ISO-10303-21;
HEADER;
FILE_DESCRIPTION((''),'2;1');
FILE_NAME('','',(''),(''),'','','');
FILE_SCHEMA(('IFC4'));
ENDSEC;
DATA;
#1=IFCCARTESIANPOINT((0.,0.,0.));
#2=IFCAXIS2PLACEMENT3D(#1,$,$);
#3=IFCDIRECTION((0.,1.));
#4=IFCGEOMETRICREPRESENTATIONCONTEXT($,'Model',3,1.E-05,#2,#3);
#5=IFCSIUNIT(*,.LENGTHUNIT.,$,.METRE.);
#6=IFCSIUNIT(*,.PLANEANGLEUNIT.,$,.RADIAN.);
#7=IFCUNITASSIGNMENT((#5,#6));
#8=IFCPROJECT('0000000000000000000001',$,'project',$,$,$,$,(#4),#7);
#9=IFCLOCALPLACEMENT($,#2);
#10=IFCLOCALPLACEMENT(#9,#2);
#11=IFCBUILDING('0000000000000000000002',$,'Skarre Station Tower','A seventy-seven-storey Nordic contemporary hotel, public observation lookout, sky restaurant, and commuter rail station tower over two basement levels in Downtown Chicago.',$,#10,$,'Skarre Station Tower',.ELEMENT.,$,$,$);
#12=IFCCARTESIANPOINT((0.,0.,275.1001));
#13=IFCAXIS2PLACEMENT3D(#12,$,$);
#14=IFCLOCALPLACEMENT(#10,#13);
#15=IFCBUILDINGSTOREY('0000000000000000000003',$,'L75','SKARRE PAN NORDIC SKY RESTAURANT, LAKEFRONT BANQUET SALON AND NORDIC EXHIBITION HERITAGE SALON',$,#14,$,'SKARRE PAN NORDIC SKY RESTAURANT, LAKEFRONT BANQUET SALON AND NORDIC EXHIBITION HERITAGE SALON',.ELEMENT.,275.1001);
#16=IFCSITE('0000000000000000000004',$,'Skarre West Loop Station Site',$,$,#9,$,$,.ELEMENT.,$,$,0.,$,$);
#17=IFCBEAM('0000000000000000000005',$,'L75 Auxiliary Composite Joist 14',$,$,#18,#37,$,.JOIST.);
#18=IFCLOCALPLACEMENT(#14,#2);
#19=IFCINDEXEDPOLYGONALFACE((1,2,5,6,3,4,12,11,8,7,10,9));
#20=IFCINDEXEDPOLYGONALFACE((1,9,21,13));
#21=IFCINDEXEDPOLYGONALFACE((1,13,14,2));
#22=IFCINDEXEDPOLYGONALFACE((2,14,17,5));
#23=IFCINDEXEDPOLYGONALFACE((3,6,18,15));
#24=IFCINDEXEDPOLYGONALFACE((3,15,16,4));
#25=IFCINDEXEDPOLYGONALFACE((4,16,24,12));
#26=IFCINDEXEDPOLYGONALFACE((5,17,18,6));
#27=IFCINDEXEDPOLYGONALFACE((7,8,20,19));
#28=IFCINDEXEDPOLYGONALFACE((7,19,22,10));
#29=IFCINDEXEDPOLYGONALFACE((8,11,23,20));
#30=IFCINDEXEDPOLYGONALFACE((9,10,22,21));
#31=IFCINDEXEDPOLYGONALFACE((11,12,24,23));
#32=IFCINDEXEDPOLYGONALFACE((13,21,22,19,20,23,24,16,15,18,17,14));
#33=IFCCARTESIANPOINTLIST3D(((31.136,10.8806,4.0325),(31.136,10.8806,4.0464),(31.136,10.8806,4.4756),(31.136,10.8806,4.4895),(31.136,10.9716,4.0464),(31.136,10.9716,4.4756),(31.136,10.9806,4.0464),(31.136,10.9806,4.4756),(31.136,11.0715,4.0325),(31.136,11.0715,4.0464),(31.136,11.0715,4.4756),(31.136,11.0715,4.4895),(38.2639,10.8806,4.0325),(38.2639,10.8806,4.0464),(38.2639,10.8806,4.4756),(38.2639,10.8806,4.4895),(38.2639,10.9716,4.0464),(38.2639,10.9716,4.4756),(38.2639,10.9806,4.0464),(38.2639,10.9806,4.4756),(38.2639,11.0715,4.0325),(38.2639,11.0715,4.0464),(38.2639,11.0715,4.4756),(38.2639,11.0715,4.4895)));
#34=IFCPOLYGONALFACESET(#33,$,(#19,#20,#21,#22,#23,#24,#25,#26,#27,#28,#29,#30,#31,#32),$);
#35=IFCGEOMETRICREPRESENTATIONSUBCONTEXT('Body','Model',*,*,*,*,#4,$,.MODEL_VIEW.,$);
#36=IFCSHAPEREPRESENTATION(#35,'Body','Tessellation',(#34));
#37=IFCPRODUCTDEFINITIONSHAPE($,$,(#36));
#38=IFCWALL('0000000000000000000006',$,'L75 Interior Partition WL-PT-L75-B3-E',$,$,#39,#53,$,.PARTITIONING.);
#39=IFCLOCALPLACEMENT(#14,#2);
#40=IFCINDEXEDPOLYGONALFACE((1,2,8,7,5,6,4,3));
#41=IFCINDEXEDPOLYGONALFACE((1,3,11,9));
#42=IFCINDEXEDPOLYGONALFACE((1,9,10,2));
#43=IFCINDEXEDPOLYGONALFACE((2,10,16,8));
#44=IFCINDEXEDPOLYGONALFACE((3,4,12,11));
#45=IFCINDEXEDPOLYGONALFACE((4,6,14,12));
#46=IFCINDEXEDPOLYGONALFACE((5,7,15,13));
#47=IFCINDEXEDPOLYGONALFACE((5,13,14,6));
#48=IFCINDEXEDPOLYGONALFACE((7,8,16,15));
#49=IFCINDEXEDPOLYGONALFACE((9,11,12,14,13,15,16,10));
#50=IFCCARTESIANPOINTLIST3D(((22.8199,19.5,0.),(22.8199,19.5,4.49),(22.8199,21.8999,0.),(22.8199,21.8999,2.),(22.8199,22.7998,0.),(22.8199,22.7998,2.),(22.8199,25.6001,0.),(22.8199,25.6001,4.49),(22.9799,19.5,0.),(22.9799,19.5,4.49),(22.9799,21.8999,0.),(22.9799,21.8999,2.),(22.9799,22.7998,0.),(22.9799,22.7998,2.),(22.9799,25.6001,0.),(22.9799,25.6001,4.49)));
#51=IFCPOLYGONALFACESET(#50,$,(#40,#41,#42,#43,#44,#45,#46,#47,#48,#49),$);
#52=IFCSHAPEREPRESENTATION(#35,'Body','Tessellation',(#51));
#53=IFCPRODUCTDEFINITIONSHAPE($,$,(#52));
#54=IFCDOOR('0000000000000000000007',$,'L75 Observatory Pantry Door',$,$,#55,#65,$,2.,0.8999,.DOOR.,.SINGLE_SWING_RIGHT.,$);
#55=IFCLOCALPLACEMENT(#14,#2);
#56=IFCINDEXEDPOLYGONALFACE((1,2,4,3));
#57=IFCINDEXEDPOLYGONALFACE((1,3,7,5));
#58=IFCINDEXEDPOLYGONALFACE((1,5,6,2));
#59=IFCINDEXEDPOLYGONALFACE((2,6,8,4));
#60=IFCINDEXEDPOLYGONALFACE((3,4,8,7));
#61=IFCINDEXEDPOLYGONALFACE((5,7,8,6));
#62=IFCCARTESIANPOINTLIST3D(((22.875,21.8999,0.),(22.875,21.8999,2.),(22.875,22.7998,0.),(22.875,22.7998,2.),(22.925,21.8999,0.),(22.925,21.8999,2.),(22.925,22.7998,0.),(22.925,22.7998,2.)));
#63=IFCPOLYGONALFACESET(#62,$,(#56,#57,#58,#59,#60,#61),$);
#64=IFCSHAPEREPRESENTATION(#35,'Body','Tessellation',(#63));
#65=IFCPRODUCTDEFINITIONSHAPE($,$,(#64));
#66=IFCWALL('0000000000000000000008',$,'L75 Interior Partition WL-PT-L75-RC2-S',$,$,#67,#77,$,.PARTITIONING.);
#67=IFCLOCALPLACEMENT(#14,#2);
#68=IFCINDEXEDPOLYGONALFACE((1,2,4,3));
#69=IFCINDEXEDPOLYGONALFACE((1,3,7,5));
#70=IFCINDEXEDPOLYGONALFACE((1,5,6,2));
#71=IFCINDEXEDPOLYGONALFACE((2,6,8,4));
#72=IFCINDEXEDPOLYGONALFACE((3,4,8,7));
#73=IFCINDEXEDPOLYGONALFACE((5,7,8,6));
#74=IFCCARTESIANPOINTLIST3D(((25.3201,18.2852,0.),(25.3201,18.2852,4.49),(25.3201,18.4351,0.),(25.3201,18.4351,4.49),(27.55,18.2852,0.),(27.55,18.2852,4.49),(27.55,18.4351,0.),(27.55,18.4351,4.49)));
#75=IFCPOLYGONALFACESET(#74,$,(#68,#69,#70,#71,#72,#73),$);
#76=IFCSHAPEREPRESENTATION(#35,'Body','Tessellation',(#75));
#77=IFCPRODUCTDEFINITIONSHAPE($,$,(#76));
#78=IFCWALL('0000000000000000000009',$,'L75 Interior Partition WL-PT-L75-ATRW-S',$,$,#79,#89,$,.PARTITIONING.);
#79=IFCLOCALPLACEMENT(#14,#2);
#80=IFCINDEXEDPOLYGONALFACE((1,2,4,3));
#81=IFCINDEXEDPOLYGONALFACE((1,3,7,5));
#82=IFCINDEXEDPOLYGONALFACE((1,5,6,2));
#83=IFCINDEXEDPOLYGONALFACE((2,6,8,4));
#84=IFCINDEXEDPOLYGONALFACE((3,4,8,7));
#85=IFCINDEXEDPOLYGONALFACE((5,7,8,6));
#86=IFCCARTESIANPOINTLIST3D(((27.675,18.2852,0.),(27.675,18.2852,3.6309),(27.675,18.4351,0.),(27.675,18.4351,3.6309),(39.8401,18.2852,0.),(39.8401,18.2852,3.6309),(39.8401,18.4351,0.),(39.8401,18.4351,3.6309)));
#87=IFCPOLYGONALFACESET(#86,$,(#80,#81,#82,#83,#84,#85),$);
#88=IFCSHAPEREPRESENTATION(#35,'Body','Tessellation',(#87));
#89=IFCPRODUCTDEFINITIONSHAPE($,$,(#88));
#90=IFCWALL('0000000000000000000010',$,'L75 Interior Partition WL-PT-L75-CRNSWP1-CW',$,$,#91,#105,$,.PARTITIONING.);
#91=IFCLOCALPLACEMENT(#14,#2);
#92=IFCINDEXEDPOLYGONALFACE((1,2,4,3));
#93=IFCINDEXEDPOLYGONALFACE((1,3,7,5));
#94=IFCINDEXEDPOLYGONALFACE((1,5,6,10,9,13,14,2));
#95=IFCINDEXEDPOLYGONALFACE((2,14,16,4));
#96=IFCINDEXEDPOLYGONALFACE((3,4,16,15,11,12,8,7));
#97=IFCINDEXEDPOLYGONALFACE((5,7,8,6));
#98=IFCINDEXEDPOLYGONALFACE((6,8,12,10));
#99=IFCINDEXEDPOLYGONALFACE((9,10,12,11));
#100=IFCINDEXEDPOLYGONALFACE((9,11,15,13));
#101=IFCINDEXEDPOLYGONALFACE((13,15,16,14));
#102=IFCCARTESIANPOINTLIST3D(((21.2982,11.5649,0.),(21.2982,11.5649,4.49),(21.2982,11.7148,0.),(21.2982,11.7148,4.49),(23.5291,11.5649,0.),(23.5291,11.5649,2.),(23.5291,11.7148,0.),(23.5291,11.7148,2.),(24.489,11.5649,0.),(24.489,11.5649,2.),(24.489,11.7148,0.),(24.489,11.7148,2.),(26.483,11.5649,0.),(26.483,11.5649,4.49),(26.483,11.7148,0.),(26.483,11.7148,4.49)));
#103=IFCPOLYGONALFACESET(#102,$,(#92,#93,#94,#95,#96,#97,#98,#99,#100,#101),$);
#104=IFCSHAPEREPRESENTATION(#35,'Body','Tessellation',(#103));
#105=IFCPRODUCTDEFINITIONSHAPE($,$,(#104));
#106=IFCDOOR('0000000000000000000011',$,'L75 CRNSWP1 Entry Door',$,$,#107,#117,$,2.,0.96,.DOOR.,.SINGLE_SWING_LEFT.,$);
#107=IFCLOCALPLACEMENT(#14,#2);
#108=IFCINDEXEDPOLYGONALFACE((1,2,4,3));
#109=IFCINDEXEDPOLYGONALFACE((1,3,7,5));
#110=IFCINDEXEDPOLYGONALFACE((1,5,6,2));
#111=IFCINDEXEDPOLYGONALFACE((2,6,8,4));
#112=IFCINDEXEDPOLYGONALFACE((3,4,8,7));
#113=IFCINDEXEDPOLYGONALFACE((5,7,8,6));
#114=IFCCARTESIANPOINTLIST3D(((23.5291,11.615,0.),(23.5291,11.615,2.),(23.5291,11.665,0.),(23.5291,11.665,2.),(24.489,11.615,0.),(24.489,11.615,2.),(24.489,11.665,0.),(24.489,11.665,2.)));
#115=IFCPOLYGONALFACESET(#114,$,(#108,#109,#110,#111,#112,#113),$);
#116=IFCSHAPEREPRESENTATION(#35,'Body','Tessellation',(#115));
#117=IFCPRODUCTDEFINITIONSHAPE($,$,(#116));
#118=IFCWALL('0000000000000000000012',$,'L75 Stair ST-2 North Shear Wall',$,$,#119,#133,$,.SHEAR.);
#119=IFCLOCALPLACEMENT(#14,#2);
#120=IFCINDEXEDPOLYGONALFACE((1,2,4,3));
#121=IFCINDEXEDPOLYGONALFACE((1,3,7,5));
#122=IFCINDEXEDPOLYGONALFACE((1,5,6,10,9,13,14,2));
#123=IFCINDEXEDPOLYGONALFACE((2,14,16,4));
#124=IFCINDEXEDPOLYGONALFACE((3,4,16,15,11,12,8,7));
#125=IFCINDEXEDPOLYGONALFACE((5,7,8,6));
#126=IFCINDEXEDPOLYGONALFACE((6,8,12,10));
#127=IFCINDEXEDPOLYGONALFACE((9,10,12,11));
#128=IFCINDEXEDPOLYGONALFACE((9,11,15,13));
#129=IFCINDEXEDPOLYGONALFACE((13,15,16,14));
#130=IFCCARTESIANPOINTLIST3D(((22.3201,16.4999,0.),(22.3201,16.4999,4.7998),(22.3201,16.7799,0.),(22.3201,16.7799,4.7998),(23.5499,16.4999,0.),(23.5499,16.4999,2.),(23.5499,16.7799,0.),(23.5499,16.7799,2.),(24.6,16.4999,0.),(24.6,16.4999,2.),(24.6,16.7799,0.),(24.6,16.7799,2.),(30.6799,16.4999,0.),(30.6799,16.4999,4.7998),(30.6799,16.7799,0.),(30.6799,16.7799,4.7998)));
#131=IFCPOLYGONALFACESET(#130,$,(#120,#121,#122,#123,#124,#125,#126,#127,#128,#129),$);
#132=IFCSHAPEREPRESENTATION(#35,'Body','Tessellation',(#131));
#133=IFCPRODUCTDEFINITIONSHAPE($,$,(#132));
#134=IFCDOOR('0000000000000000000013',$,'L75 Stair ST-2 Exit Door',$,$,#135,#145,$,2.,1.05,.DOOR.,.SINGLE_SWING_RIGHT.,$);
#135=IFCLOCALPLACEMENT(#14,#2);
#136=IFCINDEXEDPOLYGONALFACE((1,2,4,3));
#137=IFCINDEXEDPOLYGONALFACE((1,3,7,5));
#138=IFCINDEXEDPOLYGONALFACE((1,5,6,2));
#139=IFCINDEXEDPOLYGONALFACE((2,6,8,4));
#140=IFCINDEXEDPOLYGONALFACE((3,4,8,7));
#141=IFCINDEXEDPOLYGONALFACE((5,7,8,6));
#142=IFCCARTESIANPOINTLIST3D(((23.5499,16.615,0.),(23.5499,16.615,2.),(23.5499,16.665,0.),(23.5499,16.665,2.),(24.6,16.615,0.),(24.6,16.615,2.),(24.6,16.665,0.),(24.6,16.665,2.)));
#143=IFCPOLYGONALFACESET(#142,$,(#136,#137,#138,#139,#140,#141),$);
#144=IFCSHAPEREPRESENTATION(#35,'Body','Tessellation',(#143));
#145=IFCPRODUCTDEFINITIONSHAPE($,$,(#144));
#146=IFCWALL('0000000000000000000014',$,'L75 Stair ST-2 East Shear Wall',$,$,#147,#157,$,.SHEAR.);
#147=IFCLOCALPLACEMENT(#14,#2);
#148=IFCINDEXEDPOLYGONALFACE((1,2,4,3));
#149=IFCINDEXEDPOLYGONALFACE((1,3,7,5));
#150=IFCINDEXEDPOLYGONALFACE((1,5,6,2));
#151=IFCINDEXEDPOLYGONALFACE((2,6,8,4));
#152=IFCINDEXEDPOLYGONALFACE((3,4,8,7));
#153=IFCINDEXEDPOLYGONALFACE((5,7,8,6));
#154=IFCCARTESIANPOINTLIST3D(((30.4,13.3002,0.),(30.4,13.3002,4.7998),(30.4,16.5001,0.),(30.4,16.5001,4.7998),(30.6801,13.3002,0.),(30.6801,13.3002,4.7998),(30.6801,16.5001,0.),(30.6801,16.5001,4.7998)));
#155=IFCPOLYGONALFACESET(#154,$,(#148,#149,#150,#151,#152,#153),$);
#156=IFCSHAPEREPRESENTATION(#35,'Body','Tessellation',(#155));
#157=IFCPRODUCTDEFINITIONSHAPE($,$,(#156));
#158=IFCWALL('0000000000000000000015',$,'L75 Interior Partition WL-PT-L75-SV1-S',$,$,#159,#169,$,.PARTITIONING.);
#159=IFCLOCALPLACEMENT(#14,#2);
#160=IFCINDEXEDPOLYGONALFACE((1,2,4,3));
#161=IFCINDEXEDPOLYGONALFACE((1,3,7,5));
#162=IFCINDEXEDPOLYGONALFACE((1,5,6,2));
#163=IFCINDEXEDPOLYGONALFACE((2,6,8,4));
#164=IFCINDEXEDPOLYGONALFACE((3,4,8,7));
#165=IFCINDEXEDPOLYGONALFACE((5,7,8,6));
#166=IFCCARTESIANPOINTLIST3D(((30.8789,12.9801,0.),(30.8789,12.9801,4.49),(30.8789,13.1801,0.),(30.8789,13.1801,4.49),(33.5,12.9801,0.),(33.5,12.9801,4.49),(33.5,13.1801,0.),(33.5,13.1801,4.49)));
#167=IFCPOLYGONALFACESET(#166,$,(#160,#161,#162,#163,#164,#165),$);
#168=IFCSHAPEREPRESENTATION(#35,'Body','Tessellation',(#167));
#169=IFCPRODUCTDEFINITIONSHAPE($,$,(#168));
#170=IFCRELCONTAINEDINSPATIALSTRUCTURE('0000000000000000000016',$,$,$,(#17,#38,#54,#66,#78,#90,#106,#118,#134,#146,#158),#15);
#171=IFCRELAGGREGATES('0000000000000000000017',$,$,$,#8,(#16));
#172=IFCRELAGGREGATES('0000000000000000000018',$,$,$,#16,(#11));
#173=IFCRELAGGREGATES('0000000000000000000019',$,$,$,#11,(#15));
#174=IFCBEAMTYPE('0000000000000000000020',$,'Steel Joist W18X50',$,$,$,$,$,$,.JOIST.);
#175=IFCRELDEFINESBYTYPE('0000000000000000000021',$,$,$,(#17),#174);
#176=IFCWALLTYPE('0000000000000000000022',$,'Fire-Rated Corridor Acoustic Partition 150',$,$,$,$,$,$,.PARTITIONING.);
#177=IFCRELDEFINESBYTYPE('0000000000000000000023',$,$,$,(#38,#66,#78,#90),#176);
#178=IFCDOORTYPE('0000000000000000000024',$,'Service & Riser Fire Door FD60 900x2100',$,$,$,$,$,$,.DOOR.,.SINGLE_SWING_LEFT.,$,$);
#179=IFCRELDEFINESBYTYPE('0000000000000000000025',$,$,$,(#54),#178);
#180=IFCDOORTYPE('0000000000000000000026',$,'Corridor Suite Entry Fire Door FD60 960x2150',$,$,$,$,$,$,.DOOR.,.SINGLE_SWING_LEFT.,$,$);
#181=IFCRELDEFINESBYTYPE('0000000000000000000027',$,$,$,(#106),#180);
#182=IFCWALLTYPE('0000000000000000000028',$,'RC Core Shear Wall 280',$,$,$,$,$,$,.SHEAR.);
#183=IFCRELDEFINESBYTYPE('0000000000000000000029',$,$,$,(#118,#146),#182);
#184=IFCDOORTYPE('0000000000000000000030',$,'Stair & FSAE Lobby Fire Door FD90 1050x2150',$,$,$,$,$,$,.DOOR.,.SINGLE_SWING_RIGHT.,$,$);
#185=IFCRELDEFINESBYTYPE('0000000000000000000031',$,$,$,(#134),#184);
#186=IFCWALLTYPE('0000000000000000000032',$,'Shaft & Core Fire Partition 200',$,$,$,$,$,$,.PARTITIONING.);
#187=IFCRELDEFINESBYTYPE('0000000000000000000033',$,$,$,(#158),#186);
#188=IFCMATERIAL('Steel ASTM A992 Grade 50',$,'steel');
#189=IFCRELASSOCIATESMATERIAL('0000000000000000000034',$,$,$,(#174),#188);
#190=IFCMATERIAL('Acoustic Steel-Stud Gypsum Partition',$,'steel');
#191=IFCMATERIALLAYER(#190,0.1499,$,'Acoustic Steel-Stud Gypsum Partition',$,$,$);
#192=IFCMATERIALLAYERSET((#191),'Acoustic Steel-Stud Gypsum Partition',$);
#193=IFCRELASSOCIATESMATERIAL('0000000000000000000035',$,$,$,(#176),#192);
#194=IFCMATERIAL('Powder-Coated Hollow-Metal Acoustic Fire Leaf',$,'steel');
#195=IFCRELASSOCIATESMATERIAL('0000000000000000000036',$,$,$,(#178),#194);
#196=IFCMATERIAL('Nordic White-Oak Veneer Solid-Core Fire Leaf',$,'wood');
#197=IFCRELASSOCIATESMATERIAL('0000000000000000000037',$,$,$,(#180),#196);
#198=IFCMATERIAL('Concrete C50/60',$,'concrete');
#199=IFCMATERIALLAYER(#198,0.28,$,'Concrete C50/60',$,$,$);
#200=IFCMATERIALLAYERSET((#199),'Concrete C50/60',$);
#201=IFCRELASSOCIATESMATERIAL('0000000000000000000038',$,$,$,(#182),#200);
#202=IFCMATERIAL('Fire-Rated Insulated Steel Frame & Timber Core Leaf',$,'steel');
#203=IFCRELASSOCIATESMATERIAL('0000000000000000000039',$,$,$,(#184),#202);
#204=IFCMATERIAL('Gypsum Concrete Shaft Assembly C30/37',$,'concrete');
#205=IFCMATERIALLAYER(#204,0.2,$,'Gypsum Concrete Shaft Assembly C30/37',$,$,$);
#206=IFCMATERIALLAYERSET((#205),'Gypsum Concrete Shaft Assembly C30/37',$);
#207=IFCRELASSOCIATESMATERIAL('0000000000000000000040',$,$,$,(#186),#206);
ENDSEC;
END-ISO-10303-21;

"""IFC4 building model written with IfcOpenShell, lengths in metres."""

from ifc_helpers import new_model, si_unit, direction, frame, frame_2d, origin, origin_2d, place, context, subcontext, project, spatial, rectangle, i_section, extrude, material, layer, layer_set, material_profile, profile_set, type_object, element, fill, save


model = new_model("IFC4")

# Units and contexts
model_context = context("Model", 3, precision=1e-05, world=origin(), true_north=direction((0.0, 1.0)))
body_context = subcontext(model_context, "Body", "Model", "MODEL_VIEW")
ifc_project = project(units=[si_unit("LENGTHUNIT", "METRE"), si_unit("PLANEANGLEUNIT", "RADIAN")], contexts=[model_context])

# Site, building, storey
site_placement = place(None, origin())
site = spatial("IfcSite", under=ifc_project, at=site_placement, Name="Skarre West Loop Station Site", CompositionType="ELEMENT", RefElevation=0.0)
building_placement = place(site_placement, origin())
building = spatial("IfcBuilding", under=site, at=building_placement, Name="Skarre Station Tower", Description="A seventy-seven-storey Nordic contemporary hotel, public observation lookout, sky restaurant, and commuter rail station tower over two basement levels in Downtown Chicago.", LongName="Skarre Station Tower", CompositionType="ELEMENT")
storey_placement = place(building_placement, frame((0.0, 0.0, 275.1001)))
storey = spatial("IfcBuildingStorey", under=building, at=storey_placement, Name="L75", Description="SKARRE PAN NORDIC SKY RESTAURANT, LAKEFRONT BANQUET SALON AND NORDIC EXHIBITION HERITAGE SALON", LongName="SKARRE PAN NORDIC SKY RESTAURANT, LAKEFRONT BANQUET SALON AND NORDIC EXHIBITION HERITAGE SALON", CompositionType="ELEMENT", Elevation=275.1001)

# Beam
ifc_material_1 = material(Name="Steel ASTM A992 Grade 50", Category="steel")
ifc_material_profile = material_profile(ifc_material_1, i_section(OverallWidth=0.1909, OverallDepth=0.457, WebThickness=0.009, FlangeThickness=0.0139, at=origin_2d()), Name="Steel ASTM A992 Grade 50")
ifc_profile_set = profile_set([ifc_material_profile], Name="Steel ASTM A992 Grade 50")
beam_type = type_object("IfcBeamType", Name="Steel Joist W18X50", PredefinedType="JOIST", material=ifc_profile_set)
beam_placement = place(storey_placement, frame((31.136, 10.9761, 4.261), z_axis=(1.0, 0.0, 0.0), x_axis=(0.0, 1.0, 0.0)))
element("IfcBeam", 1, at=beam_placement, inside=storey, type_object=beam_type, Name="L75 Auxiliary Composite Joist 14", PredefinedType="JOIST", context=body_context, shape_type="SweptSolid", body=[
    extrude(i_section(OverallWidth=0.1909, OverallDepth=0.457, WebThickness=0.009, FlangeThickness=0.0139, at=origin_2d()), origin(), (0.0, 0.0, 1.0), 7.1279),
])

# Wall, opening, door
ifc_material_2 = material(Name="Acoustic Steel-Stud Gypsum Partition", Category="steel")
ifc_layer_1 = layer(ifc_material_2, 0.1499, Name="Acoustic Steel-Stud Gypsum Partition")
ifc_layer_set_1 = layer_set([ifc_layer_1], Name="Acoustic Steel-Stud Gypsum Partition")
wall_type_1 = type_object("IfcWallType", Name="Fire-Rated Corridor Acoustic Partition 150", PredefinedType="PARTITIONING", material=ifc_layer_set_1)
wall_1_placement = place(storey_placement, frame((22.8999, 19.5, 0.0), z_axis=(0.0, 0.0, 1.0), x_axis=(0.0, 1.0, 0.0)))
wall_1 = element("IfcWall", 2, at=wall_1_placement, inside=storey, type_object=wall_type_1, Name="L75 Interior Partition WL-PT-L75-B3-E", PredefinedType="PARTITIONING", context=body_context, shape_type="SweptSolid", body=[
    extrude(rectangle(XDim=6.1001, YDim=0.1599, at=frame_2d((3.05, 0.0))), origin(), (0.0, 0.0, 1.0), 4.49),
])
opening_1_placement = place(wall_1_placement, frame((2.3999, 0.0, 0.0)))
opening_1 = element("IfcOpeningElement", 3, at=opening_1_placement, cuts=wall_1, PredefinedType="OPENING", context=body_context, shape_type="SweptSolid", body=[
    extrude(rectangle(XDim=0.8999, YDim=2.0, at=frame_2d((0.45, 1.0))), frame((0.0, 0.0898, 0.0), z_axis=(0.0, -1.0, 0.0), x_axis=(1.0, 0.0, 0.0)), (0.0, 0.0, 1.0), 0.1799),
])
ifc_material_3 = material(Name="Powder-Coated Hollow-Metal Acoustic Fire Leaf", Category="steel")
door_type_1 = type_object("IfcDoorType", Name="Service & Riser Fire Door FD60 900x2100", OperationType="SINGLE_SWING_LEFT", PredefinedType="DOOR", material=ifc_material_3)
door_1_placement = place(opening_1_placement, origin())
door_1 = element("IfcDoor", 4, at=door_1_placement, inside=storey, type_object=door_type_1, Name="L75 Observatory Pantry Door", OperationType="SINGLE_SWING_RIGHT", OverallHeight=2.0, OverallWidth=0.8999, PredefinedType="DOOR", context=body_context, shape_type="SweptSolid", body=[
    extrude(rectangle(XDim=0.8999, YDim=2.0, at=frame_2d((0.45, 1.0))), frame((0.0, 0.0249, 0.0), z_axis=(0.0, -1.0, 0.0), x_axis=(1.0, 0.0, 0.0)), (0.0, 0.0, 1.0), 0.05),
])
fill(opening_1, door_1)

# Walls
wall_2_placement = place(storey_placement, frame((25.3201, 18.3601, 0.0), z_axis=(0.0, 0.0, 1.0), x_axis=(1.0, 0.0, 0.0)))
element("IfcWall", 5, at=wall_2_placement, inside=storey, type_object=wall_type_1, Name="L75 Interior Partition WL-PT-L75-RC2-S", PredefinedType="PARTITIONING", context=body_context, shape_type="SweptSolid", body=[
    extrude(rectangle(XDim=2.23, YDim=0.1499, at=frame_2d((1.115, 0.0))), origin(), (0.0, 0.0, 1.0), 4.49),
])
wall_3_placement = place(storey_placement, frame((27.675, 18.3601, 0.0), z_axis=(0.0, 0.0, 1.0), x_axis=(1.0, 0.0, 0.0)))
element("IfcWall", 6, at=wall_3_placement, inside=storey, type_object=wall_type_1, Name="L75 Interior Partition WL-PT-L75-ATRW-S", PredefinedType="PARTITIONING", context=body_context, shape_type="SweptSolid", body=[
    extrude(rectangle(XDim=12.165, YDim=0.1499, at=frame_2d((6.0825, 0.0))), origin(), (0.0, 0.0, 1.0), 3.6309),
])

# Walls, openings, doors
wall_4_placement = place(storey_placement, frame((26.4829, 11.6399, 0.0), z_axis=(0.0, 0.0, 1.0), x_axis=(-1.0, 0.0, 0.0)))
wall_4 = element("IfcWall", 7, at=wall_4_placement, inside=storey, type_object=wall_type_1, Name="L75 Interior Partition WL-PT-L75-CRNSWP1-CW", PredefinedType="PARTITIONING", context=body_context, shape_type="SweptSolid", body=[
    extrude(rectangle(XDim=5.1848, YDim=0.1499, at=frame_2d((2.5923, 0.0))), origin(), (0.0, 0.0, 1.0), 4.49),
])
opening_2_placement = place(wall_4_placement, frame((1.9939, 0.0, 0.0)))
opening_2 = element("IfcOpeningElement", 8, at=opening_2_placement, cuts=wall_4, PredefinedType="OPENING", context=body_context, shape_type="SweptSolid", body=[
    extrude(rectangle(XDim=0.96, YDim=2.0, at=frame_2d((0.48, 1.0))), frame((0.0, 0.085, 0.0), z_axis=(0.0, -1.0, 0.0), x_axis=(1.0, 0.0, 0.0)), (0.0, 0.0, 1.0), 0.1699),
])
ifc_material_4 = material(Name="Nordic White-Oak Veneer Solid-Core Fire Leaf", Category="wood")
door_type_2 = type_object("IfcDoorType", Name="Corridor Suite Entry Fire Door FD60 960x2150", OperationType="SINGLE_SWING_LEFT", PredefinedType="DOOR", material=ifc_material_4)
door_2_placement = place(opening_2_placement, origin())
door_2 = element("IfcDoor", 9, at=door_2_placement, inside=storey, type_object=door_type_2, Name="L75 CRNSWP1 Entry Door", OperationType="SINGLE_SWING_LEFT", OverallHeight=2.0, OverallWidth=0.96, PredefinedType="DOOR", context=body_context, shape_type="SweptSolid", body=[
    extrude(rectangle(XDim=0.96, YDim=2.0, at=frame_2d((0.48, 1.0))), frame((0.0, 0.0249, 0.0), z_axis=(0.0, -1.0, 0.0), x_axis=(1.0, 0.0, 0.0)), (0.0, 0.0, 1.0), 0.05),
])
fill(opening_2, door_2)
ifc_material_5 = material(Name="Concrete C50/60", Category="concrete")
ifc_layer_2 = layer(ifc_material_5, 0.28, Name="Concrete C50/60")
ifc_layer_set_2 = layer_set([ifc_layer_2], Name="Concrete C50/60")
wall_type_2 = type_object("IfcWallType", Name="RC Core Shear Wall 280", PredefinedType="SHEAR", material=ifc_layer_set_2)
wall_5_placement = place(storey_placement, frame((30.6799, 16.6399, 0.0), z_axis=(0.0, 0.0, 1.0), x_axis=(-1.0, 0.0, 0.0)))
wall_5 = element("IfcWall", 10, at=wall_5_placement, inside=storey, type_object=wall_type_2, Name="L75 Stair ST-2 North Shear Wall", PredefinedType="SHEAR", context=body_context, shape_type="SweptSolid", body=[
    extrude(rectangle(XDim=8.3599, YDim=0.28, at=frame_2d((4.1799, 0.0))), origin(), (0.0, 0.0, 1.0), 4.7998),
])
opening_3_placement = place(wall_5_placement, frame((6.0801, 0.0, 0.0)))
opening_3 = element("IfcOpeningElement", 11, at=opening_3_placement, cuts=wall_5, PredefinedType="OPENING", context=body_context, shape_type="SweptSolid", body=[
    extrude(rectangle(XDim=1.05, YDim=2.0, at=frame_2d((0.5249, 1.0))), frame((0.0, 0.1499, 0.0), z_axis=(0.0, -1.0, 0.0), x_axis=(1.0, 0.0, 0.0)), (0.0, 0.0, 1.0), 0.3),
])
ifc_material_6 = material(Name="Fire-Rated Insulated Steel Frame & Timber Core Leaf", Category="steel")
door_type_3 = type_object("IfcDoorType", Name="Stair & FSAE Lobby Fire Door FD90 1050x2150", OperationType="SINGLE_SWING_RIGHT", PredefinedType="DOOR", material=ifc_material_6)
door_3_placement = place(opening_3_placement, origin())
door_3 = element("IfcDoor", 12, at=door_3_placement, inside=storey, type_object=door_type_3, Name="L75 Stair ST-2 Exit Door", OperationType="SINGLE_SWING_RIGHT", OverallHeight=2.0, OverallWidth=1.05, PredefinedType="DOOR", context=body_context, shape_type="SweptSolid", body=[
    extrude(rectangle(XDim=1.05, YDim=2.0, at=frame_2d((0.5249, 1.0))), frame((0.0, 0.0249, 0.0), z_axis=(0.0, -1.0, 0.0), x_axis=(1.0, 0.0, 0.0)), (0.0, 0.0, 1.0), 0.05),
])
fill(opening_3, door_3)

# Walls
wall_6_placement = place(storey_placement, frame((30.54, 13.3, 0.0), z_axis=(0.0, 0.0, 1.0), x_axis=(0.0, 1.0, 0.0)))
element("IfcWall", 13, at=wall_6_placement, inside=storey, type_object=wall_type_2, Name="L75 Stair ST-2 East Shear Wall", PredefinedType="SHEAR", context=body_context, shape_type="SweptSolid", body=[
    extrude(rectangle(XDim=3.2, YDim=0.28, at=frame_2d((1.6001, 0.0))), origin(), (0.0, 0.0, 1.0), 4.7998),
])
ifc_material_7 = material(Name="Gypsum Concrete Shaft Assembly C30/37", Category="concrete")
ifc_layer_3 = layer(ifc_material_7, 0.2, Name="Gypsum Concrete Shaft Assembly C30/37")
ifc_layer_set_3 = layer_set([ifc_layer_3], Name="Gypsum Concrete Shaft Assembly C30/37")
wall_type_3 = type_object("IfcWallType", Name="Shaft & Core Fire Partition 200", PredefinedType="PARTITIONING", material=ifc_layer_set_3)
wall_7_placement = place(storey_placement, frame((30.8789, 13.0801, 0.0), z_axis=(0.0, 0.0, 1.0), x_axis=(1.0, 0.0, 0.0)))
element("IfcWall", 14, at=wall_7_placement, inside=storey, type_object=wall_type_3, Name="L75 Interior Partition WL-PT-L75-SV1-S", PredefinedType="PARTITIONING", context=body_context, shape_type="SweptSolid", body=[
    extrude(rectangle(XDim=2.6211, YDim=0.2, at=frame_2d((1.3105, 0.0))), origin(), (0.0, 0.0, 1.0), 4.49),
])

save(model, "model.ifc")
